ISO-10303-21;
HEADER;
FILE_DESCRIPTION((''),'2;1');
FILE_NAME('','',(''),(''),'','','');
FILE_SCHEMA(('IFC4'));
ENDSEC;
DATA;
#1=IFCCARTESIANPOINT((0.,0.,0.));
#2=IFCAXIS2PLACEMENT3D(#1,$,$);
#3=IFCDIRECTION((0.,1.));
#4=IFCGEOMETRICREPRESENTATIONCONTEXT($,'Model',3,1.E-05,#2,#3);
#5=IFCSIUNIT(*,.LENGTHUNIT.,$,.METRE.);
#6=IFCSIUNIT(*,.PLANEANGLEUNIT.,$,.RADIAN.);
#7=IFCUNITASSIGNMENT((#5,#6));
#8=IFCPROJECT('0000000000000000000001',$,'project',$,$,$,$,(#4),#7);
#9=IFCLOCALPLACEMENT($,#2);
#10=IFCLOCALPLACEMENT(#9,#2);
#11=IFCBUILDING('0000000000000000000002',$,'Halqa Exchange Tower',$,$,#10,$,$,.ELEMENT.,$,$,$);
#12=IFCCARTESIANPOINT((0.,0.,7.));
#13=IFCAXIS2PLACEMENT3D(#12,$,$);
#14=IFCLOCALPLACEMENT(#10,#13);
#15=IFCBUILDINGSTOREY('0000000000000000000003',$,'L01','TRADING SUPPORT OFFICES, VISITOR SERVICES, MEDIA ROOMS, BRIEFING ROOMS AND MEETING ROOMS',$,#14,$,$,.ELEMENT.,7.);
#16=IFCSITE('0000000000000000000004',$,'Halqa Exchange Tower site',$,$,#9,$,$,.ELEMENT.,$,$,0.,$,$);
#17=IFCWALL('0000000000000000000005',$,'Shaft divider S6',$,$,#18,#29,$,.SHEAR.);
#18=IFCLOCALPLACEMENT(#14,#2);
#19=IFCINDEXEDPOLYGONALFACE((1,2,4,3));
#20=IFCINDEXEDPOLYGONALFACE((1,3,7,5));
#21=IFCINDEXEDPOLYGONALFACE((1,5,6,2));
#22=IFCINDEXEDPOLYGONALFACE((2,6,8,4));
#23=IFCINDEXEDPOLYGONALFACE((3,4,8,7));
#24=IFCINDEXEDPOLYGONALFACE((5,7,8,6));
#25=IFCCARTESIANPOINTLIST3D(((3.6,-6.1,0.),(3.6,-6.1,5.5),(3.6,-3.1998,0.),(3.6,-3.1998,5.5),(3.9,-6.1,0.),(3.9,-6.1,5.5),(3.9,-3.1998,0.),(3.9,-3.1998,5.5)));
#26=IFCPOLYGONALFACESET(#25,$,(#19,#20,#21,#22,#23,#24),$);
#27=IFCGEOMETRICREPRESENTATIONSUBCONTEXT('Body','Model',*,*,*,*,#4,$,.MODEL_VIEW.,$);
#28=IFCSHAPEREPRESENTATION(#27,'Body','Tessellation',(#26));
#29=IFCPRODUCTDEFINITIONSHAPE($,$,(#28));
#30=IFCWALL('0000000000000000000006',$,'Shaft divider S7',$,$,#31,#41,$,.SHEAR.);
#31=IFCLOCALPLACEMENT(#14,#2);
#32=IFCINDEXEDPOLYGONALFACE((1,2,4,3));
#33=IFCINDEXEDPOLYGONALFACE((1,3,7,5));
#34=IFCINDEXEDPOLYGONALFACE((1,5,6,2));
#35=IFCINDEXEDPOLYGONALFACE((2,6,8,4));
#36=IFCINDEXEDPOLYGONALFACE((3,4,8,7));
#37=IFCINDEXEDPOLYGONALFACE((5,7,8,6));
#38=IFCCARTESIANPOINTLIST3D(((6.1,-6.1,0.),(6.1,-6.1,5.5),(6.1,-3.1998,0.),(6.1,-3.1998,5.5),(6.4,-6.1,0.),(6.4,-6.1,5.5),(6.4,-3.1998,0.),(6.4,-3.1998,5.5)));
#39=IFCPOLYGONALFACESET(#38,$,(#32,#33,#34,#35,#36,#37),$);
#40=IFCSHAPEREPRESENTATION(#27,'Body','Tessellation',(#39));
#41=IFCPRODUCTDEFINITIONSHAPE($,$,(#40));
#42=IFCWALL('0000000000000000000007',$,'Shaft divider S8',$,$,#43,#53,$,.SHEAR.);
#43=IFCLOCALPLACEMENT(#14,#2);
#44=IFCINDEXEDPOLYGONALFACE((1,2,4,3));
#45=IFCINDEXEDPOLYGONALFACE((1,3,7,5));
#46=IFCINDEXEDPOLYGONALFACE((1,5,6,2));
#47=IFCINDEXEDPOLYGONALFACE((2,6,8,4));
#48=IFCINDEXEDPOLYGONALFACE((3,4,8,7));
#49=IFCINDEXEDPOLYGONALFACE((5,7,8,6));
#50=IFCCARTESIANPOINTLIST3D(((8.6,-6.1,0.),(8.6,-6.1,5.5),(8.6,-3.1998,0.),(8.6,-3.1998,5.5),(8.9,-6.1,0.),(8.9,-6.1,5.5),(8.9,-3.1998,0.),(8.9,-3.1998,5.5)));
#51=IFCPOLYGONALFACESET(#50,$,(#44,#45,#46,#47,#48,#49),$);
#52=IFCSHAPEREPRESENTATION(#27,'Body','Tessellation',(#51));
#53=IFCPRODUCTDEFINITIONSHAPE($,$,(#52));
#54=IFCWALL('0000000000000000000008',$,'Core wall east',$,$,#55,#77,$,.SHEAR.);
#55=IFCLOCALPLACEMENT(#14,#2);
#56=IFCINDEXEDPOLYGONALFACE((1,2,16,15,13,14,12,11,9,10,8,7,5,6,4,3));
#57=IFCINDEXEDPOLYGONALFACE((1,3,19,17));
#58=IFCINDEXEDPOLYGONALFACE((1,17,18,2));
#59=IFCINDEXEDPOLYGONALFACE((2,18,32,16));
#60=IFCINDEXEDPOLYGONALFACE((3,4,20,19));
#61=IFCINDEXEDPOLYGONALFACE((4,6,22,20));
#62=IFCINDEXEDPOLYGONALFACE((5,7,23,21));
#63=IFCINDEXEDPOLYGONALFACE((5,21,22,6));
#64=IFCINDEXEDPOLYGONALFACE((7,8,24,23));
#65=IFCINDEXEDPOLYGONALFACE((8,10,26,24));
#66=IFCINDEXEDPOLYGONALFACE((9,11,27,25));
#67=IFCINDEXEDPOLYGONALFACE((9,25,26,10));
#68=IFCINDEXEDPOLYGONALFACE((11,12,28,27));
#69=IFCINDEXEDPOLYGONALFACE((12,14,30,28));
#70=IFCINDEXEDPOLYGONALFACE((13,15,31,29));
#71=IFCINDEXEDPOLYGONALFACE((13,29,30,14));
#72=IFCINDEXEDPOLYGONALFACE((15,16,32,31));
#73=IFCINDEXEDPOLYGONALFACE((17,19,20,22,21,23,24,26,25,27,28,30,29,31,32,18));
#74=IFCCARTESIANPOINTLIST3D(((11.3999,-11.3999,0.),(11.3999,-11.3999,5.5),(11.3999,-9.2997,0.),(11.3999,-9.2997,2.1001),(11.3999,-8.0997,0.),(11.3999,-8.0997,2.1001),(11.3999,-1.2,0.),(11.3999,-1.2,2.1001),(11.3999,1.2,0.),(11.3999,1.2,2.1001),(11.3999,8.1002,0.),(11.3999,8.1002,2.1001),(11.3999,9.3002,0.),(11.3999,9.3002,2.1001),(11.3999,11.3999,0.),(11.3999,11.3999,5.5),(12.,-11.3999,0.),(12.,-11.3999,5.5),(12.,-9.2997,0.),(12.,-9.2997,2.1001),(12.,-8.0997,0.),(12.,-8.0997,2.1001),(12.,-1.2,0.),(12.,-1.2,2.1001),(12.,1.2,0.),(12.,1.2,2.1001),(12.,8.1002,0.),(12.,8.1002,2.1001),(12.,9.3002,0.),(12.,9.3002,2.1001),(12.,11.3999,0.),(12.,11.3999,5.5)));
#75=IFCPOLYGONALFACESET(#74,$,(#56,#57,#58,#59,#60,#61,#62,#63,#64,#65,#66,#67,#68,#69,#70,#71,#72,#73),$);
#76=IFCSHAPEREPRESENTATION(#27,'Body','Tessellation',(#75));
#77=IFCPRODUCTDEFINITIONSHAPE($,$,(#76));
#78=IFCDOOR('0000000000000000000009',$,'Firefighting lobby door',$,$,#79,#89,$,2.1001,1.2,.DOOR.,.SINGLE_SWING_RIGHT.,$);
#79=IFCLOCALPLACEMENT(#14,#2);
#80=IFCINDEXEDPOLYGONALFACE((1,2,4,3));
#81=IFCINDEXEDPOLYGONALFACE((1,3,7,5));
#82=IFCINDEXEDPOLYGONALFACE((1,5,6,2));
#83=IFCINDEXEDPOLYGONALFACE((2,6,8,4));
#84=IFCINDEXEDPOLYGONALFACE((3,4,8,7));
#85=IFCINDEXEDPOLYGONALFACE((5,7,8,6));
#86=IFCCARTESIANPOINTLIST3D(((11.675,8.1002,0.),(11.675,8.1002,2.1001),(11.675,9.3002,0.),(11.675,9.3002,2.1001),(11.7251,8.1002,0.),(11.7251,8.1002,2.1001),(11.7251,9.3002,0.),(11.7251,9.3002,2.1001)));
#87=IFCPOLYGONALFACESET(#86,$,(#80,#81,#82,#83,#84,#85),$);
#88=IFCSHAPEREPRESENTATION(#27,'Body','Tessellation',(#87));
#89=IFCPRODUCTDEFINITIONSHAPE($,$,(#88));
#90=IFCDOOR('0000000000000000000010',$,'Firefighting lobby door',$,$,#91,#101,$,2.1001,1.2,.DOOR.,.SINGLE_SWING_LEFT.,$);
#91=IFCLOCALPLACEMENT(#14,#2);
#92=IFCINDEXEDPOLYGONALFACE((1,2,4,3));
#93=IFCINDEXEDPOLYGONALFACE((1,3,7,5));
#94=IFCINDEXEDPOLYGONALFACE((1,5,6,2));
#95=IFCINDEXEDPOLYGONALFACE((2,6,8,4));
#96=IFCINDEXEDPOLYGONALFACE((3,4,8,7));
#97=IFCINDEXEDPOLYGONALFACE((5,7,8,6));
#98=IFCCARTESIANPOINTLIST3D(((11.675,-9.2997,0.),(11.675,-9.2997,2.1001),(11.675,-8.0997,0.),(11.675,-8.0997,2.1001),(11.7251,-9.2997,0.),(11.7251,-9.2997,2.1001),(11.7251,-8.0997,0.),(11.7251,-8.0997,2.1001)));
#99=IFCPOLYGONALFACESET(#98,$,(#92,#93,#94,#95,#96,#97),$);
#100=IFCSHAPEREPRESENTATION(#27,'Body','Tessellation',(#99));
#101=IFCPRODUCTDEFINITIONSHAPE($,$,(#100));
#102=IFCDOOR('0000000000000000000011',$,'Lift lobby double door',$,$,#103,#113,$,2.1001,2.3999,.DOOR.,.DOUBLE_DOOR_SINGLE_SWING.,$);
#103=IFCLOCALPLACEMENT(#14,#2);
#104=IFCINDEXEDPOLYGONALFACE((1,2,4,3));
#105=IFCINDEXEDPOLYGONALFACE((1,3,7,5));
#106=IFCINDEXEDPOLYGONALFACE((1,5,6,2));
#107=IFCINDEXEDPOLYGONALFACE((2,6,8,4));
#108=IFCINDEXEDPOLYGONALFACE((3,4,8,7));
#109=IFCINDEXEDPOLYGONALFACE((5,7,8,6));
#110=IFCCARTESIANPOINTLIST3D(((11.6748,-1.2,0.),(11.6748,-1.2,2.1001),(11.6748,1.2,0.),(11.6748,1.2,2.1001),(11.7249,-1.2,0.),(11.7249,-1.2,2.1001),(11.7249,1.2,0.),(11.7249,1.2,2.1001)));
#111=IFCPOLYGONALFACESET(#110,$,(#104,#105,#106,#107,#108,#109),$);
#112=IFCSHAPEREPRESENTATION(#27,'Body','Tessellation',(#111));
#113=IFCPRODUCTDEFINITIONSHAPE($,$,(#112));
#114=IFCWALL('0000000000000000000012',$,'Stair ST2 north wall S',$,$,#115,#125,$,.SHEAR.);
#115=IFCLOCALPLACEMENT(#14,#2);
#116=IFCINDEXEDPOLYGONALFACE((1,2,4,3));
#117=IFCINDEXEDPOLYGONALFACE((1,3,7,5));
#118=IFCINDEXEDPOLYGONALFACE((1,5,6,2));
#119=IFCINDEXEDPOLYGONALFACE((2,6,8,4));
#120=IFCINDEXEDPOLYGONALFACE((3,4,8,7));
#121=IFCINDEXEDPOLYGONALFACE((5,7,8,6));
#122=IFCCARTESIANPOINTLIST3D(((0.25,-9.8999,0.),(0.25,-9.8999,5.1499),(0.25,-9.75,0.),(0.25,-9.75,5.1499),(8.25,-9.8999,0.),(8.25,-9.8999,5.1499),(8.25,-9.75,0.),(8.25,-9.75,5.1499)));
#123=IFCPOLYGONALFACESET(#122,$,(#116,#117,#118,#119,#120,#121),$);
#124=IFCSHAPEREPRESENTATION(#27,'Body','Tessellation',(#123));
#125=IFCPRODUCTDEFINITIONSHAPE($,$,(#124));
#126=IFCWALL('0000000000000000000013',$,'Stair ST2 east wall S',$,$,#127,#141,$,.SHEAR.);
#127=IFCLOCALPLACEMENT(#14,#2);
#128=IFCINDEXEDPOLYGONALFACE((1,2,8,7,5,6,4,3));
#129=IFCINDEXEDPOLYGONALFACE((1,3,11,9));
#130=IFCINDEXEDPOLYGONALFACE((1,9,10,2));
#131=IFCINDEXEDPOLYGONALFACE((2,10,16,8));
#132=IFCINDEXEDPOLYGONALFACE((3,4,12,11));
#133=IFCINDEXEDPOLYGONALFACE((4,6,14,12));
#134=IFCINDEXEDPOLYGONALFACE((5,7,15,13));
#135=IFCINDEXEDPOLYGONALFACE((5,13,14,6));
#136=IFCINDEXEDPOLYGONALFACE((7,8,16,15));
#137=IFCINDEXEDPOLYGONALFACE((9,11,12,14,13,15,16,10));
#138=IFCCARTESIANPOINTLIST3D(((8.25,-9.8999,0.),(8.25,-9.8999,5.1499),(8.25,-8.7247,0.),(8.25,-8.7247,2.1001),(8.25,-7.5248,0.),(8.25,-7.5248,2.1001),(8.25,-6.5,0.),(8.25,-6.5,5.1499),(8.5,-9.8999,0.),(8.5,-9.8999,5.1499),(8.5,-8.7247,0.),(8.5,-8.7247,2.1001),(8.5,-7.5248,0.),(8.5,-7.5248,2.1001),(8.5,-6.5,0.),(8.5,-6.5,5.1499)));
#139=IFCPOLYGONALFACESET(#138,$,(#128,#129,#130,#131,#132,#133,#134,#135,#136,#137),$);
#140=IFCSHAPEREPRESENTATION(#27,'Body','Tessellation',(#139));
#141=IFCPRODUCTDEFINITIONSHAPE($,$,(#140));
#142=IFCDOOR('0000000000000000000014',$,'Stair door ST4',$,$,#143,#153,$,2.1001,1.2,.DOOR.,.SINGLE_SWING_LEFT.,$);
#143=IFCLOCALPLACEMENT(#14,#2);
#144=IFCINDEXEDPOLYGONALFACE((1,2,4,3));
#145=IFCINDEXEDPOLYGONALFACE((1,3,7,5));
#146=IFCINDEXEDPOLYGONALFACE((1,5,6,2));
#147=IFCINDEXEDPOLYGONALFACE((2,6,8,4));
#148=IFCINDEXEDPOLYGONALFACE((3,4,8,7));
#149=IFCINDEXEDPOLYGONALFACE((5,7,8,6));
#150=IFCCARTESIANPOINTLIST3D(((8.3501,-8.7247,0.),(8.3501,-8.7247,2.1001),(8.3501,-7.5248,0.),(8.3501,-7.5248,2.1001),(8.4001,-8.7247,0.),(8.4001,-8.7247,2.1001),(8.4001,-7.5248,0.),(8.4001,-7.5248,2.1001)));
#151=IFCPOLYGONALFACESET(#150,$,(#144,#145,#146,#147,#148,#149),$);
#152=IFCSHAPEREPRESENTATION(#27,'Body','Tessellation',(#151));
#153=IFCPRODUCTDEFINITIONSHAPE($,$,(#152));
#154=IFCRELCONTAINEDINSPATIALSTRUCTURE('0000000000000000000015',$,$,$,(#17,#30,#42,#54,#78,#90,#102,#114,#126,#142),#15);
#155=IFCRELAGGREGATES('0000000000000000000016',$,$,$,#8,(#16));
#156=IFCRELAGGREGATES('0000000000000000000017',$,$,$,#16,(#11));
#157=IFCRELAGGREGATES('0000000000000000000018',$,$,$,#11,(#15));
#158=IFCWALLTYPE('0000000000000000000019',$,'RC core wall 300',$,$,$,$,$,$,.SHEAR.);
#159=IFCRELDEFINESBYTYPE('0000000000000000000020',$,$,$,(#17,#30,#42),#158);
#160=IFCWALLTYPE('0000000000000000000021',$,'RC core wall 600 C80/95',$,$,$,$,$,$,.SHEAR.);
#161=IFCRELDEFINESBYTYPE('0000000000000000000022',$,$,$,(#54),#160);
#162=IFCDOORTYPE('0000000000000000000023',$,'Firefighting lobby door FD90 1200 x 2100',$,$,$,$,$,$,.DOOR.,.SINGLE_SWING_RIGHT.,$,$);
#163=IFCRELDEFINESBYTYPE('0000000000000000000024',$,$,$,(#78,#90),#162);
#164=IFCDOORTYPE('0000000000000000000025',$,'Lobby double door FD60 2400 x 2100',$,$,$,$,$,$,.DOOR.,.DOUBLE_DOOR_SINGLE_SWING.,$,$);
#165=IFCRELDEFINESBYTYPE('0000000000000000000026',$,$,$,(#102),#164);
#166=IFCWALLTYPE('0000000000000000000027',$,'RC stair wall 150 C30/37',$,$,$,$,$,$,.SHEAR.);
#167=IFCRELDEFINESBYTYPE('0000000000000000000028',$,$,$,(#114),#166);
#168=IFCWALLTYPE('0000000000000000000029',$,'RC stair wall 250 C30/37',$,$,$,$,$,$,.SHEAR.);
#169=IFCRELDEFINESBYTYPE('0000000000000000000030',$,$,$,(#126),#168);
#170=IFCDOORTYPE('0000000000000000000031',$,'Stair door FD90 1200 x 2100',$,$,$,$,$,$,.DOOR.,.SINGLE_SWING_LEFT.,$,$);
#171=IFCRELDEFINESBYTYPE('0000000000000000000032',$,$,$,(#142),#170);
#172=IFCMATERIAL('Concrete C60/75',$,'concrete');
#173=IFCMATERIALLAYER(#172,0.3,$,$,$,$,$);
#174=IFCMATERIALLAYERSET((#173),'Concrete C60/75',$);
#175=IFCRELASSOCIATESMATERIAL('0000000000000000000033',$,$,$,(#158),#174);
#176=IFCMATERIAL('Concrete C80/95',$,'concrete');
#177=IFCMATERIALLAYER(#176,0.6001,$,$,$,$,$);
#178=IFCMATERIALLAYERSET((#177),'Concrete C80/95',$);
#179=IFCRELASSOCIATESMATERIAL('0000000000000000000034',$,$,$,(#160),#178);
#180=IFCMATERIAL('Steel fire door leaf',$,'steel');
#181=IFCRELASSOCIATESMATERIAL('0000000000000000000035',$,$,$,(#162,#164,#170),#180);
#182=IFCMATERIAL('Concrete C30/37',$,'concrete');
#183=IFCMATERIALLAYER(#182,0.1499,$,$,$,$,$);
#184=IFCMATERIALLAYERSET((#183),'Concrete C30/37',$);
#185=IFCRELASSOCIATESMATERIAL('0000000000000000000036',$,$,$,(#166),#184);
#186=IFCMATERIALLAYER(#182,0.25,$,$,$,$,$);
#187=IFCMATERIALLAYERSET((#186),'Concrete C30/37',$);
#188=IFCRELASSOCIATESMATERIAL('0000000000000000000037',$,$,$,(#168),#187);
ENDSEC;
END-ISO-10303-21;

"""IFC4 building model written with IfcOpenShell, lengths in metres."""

from ifc_helpers import new_model, si_unit, direction, frame, frame_2d, origin, place, context, subcontext, project, spatial, rectangle, extrude, material, layer, layer_set, type_object, element, fill, save


model = new_model("IFC4")

# Units and contexts
model_context = context("Model", 3, precision=1e-05, world=origin(), true_north=direction((0.0, 1.0)))
body_context = subcontext(model_context, "Body", "Model", "MODEL_VIEW")
ifc_project = project(units=[si_unit("LENGTHUNIT", "METRE"), si_unit("PLANEANGLEUNIT", "RADIAN")], contexts=[model_context])

# Site, building, storey
site_placement = place(None, origin())
site = spatial("IfcSite", under=ifc_project, at=site_placement, Name="Halqa Exchange Tower site", CompositionType="ELEMENT", RefElevation=0.0)
building_placement = place(site_placement, origin())
building = spatial("IfcBuilding", under=site, at=building_placement, Name="Halqa Exchange Tower", CompositionType="ELEMENT")
storey_placement = place(building_placement, frame((0.0, 0.0, 7.0)))
storey = spatial("IfcBuildingStorey", under=building, at=storey_placement, Name="L01", Description="TRADING SUPPORT OFFICES, VISITOR SERVICES, MEDIA ROOMS, BRIEFING ROOMS AND MEETING ROOMS", CompositionType="ELEMENT", Elevation=7.0)

# Shared definitions
ifc_material_1 = material(Name="Concrete C60/75", Category="concrete")

# Walls
ifc_layer_1 = layer(ifc_material_1, 0.3)
ifc_layer_set_1 = layer_set([ifc_layer_1], Name="Concrete C60/75")
wall_type_1 = type_object("IfcWallType", Name="RC core wall 300", PredefinedType="SHEAR", material=ifc_layer_set_1)
for number, where, z_axis, x_axis, name in (
    (1, (3.75, -6.1001, 0.0), (0.0, 0.0, 1.0), (0.0, 1.0, 0.0), "Shaft divider S6"),
    (2, (6.25, -6.1001, 0.0), (0.0, 0.0, 1.0), (0.0, 1.0, 0.0), "Shaft divider S7"),
    (3, (8.75, -6.1001, 0.0), (0.0, 0.0, 1.0), (0.0, 1.0, 0.0), "Shaft divider S8"),
):
    element("IfcWall", number, at=place(storey_placement, frame(where, z_axis=z_axis, x_axis=x_axis)), inside=storey, type_object=wall_type_1, Name=name, PredefinedType="SHEAR", context=body_context, shape_type="SweptSolid", body=[
        extrude(rectangle(XDim=2.9001, YDim=0.3, at=frame_2d((1.4502, 0.0))), origin(), (0.0, 0.0, 1.0), 5.5),
    ])

# Wall, openings, doors
ifc_material_2 = material(Name="Concrete C80/95", Category="concrete")
ifc_layer_2 = layer(ifc_material_2, 0.6001)
ifc_layer_set_2 = layer_set([ifc_layer_2], Name="Concrete C80/95")
wall_type_2 = type_object("IfcWallType", Name="RC core wall 600 C80/95", PredefinedType="SHEAR", material=ifc_layer_set_2)
wall_1_placement = place(storey_placement, frame((11.7, -11.3999, 0.0), z_axis=(0.0, 0.0, 1.0), x_axis=(0.0, 1.0, 0.0)))
wall_1 = element("IfcWall", 4, at=wall_1_placement, inside=storey, type_object=wall_type_2, Name="Core wall east", PredefinedType="SHEAR", context=body_context, shape_type="SweptSolid", body=[
    extrude(rectangle(XDim=22.7998, YDim=0.6001, at=frame_2d((11.3999, 0.0))), origin(), (0.0, 0.0, 1.0), 5.5),
])
opening_1_placement = place(wall_1_placement, frame((10.2, 0.0, 0.0)))
opening_1 = element("IfcOpeningElement", 5, at=opening_1_placement, cuts=wall_1, PredefinedType="OPENING", context=body_context, shape_type="SweptSolid", body=[
    extrude(rectangle(XDim=2.3999, YDim=2.1001, at=frame_2d((1.2, 1.05))), frame((0.0, 0.312, 0.0), z_axis=(0.0, -1.0, 0.0), x_axis=(1.0, 0.0, 0.0)), (0.0, 0.0, 1.0), 0.624),
])
opening_2_placement = place(wall_1_placement, frame((19.5, 0.0, 0.0)))
opening_2 = element("IfcOpeningElement", 6, at=opening_2_placement, cuts=wall_1, PredefinedType="OPENING", context=body_context, shape_type="SweptSolid", body=[
    extrude(rectangle(XDim=1.2, YDim=2.1001, at=frame_2d((0.6001, 1.05))), frame((0.0, 0.312, 0.0), z_axis=(0.0, -1.0, 0.0), x_axis=(1.0, 0.0, 0.0)), (0.0, 0.0, 1.0), 0.624),
])
opening_3_placement = place(wall_1_placement, frame((2.1001, 0.0, 0.0)))
opening_3 = element("IfcOpeningElement", 7, at=opening_3_placement, cuts=wall_1, PredefinedType="OPENING", context=body_context, shape_type="SweptSolid", body=[
    extrude(rectangle(XDim=1.2, YDim=2.1001, at=frame_2d((0.6001, 1.05))), frame((0.0, 0.312, 0.0), z_axis=(0.0, -1.0, 0.0), x_axis=(1.0, 0.0, 0.0)), (0.0, 0.0, 1.0), 0.624),
])
ifc_material_3 = material(Name="Steel fire door leaf", Category="steel")
door_type_1 = type_object("IfcDoorType", Name="Firefighting lobby door FD90 1200 x 2100", OperationType="SINGLE_SWING_RIGHT", PredefinedType="DOOR", material=ifc_material_3)
door_1_placement = place(opening_2_placement, origin())
door_1 = element("IfcDoor", 8, at=door_1_placement, inside=storey, type_object=door_type_1, Name="Firefighting lobby door", OperationType="SINGLE_SWING_RIGHT", OverallHeight=2.1001, OverallWidth=1.2, PredefinedType="DOOR", context=body_context, shape_type="SweptSolid", body=[
    extrude(rectangle(XDim=1.2, YDim=2.1001, at=frame_2d((0.6001, 1.05))), frame((0.0, 0.0249, 0.0), z_axis=(0.0, -1.0, 0.0), x_axis=(1.0, 0.0, 0.0)), (0.0, 0.0, 1.0), 0.05),
])
fill(opening_2, door_1)
door_2_placement = place(opening_3_placement, origin())
door_2 = element("IfcDoor", 9, at=door_2_placement, inside=storey, type_object=door_type_1, Name="Firefighting lobby door", OperationType="SINGLE_SWING_LEFT", OverallHeight=2.1001, OverallWidth=1.2, PredefinedType="DOOR", context=body_context, shape_type="SweptSolid", body=[
    extrude(rectangle(XDim=1.2, YDim=2.1001, at=frame_2d((0.6001, 1.05))), frame((0.0, 0.0249, 0.0), z_axis=(0.0, -1.0, 0.0), x_axis=(1.0, 0.0, 0.0)), (0.0, 0.0, 1.0), 0.05),
])
fill(opening_3, door_2)
door_type_2 = type_object("IfcDoorType", Name="Lobby double door FD60 2400 x 2100", OperationType="DOUBLE_DOOR_SINGLE_SWING", PredefinedType="DOOR", material=ifc_material_3)
door_3_placement = place(opening_1_placement, frame((2.3999, 0.0, 0.0), z_axis=(0.0, 0.0, 1.0), x_axis=(-1.0, 0.0, 0.0)))
door_3 = element("IfcDoor", 10, at=door_3_placement, inside=storey, type_object=door_type_2, Name="Lift lobby double door", OperationType="DOUBLE_DOOR_SINGLE_SWING", OverallHeight=2.1001, OverallWidth=2.3999, PredefinedType="DOOR", context=body_context, shape_type="SweptSolid", body=[
    extrude(rectangle(XDim=2.3999, YDim=2.1001, at=frame_2d((1.2, 1.05))), frame((0.0, 0.0249, 0.0), z_axis=(0.0, -1.0, 0.0), x_axis=(1.0, 0.0, 0.0)), (0.0, 0.0, 1.0), 0.05),
])
fill(opening_1, door_3)

# Wall
ifc_material_4 = material(Name="Concrete C30/37", Category="concrete")
ifc_layer_3 = layer(ifc_material_4, 0.1499)
ifc_layer_set_3 = layer_set([ifc_layer_3], Name="Concrete C30/37")
wall_type_3 = type_object("IfcWallType", Name="RC stair wall 150 C30/37", PredefinedType="SHEAR", material=ifc_layer_set_3)
wall_2_placement = place(storey_placement, frame((0.25, -9.825, 0.0), z_axis=(0.0, 0.0, 1.0), x_axis=(1.0, 0.0, 0.0)))
element("IfcWall", 11, at=wall_2_placement, inside=storey, type_object=wall_type_3, Name="Stair ST2 north wall S", PredefinedType="SHEAR", context=body_context, shape_type="SweptSolid", body=[
    extrude(rectangle(XDim=8.0, YDim=0.1499, at=frame_2d((4.0, 0.0))), origin(), (0.0, 0.0, 1.0), 5.1499),
])

# Wall, opening, door
ifc_layer_4 = layer(ifc_material_4, 0.25)
ifc_layer_set_4 = layer_set([ifc_layer_4], Name="Concrete C30/37")
wall_type_4 = type_object("IfcWallType", Name="RC stair wall 250 C30/37", PredefinedType="SHEAR", material=ifc_layer_set_4)
wall_3_placement = place(storey_placement, frame((8.375, -9.8999, 0.0), z_axis=(0.0, 0.0, 1.0), x_axis=(0.0, 1.0, 0.0)))
wall_3 = element("IfcWall", 12, at=wall_3_placement, inside=storey, type_object=wall_type_4, Name="Stair ST2 east wall S", PredefinedType="SHEAR", context=body_context, shape_type="SweptSolid", body=[
    extrude(rectangle(XDim=3.3999, YDim=0.25, at=frame_2d((1.7, 0.0))), origin(), (0.0, 0.0, 1.0), 5.1499),
])
opening_4_placement = place(wall_3_placement, frame((1.175, 0.0, 0.0)))
opening_4 = element("IfcOpeningElement", 13, at=opening_4_placement, cuts=wall_3, PredefinedType="OPENING", context=body_context, shape_type="SweptSolid", body=[
    extrude(rectangle(XDim=1.2, YDim=2.1001, at=frame_2d((0.6001, 1.05))), frame((0.0, 0.137, 0.0), z_axis=(0.0, -1.0, 0.0), x_axis=(1.0, 0.0, 0.0)), (0.0, 0.0, 1.0), 0.2739),
])
door_type_3 = type_object("IfcDoorType", Name="Stair door FD90 1200 x 2100", OperationType="SINGLE_SWING_LEFT", PredefinedType="DOOR", material=ifc_material_3)
door_4_placement = place(opening_4_placement, origin())
door_4 = element("IfcDoor", 14, at=door_4_placement, inside=storey, type_object=door_type_3, Name="Stair door ST4", OperationType="SINGLE_SWING_LEFT", OverallHeight=2.1001, OverallWidth=1.2, PredefinedType="DOOR", context=body_context, shape_type="SweptSolid", body=[
    extrude(rectangle(XDim=1.2, YDim=2.1001, at=frame_2d((0.6001, 1.05))), frame((0.0, 0.0249, 0.0), z_axis=(0.0, -1.0, 0.0), x_axis=(1.0, 0.0, 0.0)), (0.0, 0.0, 1.0), 0.05),
])
fill(opening_4, door_4)

save(model, "model.ifc")
